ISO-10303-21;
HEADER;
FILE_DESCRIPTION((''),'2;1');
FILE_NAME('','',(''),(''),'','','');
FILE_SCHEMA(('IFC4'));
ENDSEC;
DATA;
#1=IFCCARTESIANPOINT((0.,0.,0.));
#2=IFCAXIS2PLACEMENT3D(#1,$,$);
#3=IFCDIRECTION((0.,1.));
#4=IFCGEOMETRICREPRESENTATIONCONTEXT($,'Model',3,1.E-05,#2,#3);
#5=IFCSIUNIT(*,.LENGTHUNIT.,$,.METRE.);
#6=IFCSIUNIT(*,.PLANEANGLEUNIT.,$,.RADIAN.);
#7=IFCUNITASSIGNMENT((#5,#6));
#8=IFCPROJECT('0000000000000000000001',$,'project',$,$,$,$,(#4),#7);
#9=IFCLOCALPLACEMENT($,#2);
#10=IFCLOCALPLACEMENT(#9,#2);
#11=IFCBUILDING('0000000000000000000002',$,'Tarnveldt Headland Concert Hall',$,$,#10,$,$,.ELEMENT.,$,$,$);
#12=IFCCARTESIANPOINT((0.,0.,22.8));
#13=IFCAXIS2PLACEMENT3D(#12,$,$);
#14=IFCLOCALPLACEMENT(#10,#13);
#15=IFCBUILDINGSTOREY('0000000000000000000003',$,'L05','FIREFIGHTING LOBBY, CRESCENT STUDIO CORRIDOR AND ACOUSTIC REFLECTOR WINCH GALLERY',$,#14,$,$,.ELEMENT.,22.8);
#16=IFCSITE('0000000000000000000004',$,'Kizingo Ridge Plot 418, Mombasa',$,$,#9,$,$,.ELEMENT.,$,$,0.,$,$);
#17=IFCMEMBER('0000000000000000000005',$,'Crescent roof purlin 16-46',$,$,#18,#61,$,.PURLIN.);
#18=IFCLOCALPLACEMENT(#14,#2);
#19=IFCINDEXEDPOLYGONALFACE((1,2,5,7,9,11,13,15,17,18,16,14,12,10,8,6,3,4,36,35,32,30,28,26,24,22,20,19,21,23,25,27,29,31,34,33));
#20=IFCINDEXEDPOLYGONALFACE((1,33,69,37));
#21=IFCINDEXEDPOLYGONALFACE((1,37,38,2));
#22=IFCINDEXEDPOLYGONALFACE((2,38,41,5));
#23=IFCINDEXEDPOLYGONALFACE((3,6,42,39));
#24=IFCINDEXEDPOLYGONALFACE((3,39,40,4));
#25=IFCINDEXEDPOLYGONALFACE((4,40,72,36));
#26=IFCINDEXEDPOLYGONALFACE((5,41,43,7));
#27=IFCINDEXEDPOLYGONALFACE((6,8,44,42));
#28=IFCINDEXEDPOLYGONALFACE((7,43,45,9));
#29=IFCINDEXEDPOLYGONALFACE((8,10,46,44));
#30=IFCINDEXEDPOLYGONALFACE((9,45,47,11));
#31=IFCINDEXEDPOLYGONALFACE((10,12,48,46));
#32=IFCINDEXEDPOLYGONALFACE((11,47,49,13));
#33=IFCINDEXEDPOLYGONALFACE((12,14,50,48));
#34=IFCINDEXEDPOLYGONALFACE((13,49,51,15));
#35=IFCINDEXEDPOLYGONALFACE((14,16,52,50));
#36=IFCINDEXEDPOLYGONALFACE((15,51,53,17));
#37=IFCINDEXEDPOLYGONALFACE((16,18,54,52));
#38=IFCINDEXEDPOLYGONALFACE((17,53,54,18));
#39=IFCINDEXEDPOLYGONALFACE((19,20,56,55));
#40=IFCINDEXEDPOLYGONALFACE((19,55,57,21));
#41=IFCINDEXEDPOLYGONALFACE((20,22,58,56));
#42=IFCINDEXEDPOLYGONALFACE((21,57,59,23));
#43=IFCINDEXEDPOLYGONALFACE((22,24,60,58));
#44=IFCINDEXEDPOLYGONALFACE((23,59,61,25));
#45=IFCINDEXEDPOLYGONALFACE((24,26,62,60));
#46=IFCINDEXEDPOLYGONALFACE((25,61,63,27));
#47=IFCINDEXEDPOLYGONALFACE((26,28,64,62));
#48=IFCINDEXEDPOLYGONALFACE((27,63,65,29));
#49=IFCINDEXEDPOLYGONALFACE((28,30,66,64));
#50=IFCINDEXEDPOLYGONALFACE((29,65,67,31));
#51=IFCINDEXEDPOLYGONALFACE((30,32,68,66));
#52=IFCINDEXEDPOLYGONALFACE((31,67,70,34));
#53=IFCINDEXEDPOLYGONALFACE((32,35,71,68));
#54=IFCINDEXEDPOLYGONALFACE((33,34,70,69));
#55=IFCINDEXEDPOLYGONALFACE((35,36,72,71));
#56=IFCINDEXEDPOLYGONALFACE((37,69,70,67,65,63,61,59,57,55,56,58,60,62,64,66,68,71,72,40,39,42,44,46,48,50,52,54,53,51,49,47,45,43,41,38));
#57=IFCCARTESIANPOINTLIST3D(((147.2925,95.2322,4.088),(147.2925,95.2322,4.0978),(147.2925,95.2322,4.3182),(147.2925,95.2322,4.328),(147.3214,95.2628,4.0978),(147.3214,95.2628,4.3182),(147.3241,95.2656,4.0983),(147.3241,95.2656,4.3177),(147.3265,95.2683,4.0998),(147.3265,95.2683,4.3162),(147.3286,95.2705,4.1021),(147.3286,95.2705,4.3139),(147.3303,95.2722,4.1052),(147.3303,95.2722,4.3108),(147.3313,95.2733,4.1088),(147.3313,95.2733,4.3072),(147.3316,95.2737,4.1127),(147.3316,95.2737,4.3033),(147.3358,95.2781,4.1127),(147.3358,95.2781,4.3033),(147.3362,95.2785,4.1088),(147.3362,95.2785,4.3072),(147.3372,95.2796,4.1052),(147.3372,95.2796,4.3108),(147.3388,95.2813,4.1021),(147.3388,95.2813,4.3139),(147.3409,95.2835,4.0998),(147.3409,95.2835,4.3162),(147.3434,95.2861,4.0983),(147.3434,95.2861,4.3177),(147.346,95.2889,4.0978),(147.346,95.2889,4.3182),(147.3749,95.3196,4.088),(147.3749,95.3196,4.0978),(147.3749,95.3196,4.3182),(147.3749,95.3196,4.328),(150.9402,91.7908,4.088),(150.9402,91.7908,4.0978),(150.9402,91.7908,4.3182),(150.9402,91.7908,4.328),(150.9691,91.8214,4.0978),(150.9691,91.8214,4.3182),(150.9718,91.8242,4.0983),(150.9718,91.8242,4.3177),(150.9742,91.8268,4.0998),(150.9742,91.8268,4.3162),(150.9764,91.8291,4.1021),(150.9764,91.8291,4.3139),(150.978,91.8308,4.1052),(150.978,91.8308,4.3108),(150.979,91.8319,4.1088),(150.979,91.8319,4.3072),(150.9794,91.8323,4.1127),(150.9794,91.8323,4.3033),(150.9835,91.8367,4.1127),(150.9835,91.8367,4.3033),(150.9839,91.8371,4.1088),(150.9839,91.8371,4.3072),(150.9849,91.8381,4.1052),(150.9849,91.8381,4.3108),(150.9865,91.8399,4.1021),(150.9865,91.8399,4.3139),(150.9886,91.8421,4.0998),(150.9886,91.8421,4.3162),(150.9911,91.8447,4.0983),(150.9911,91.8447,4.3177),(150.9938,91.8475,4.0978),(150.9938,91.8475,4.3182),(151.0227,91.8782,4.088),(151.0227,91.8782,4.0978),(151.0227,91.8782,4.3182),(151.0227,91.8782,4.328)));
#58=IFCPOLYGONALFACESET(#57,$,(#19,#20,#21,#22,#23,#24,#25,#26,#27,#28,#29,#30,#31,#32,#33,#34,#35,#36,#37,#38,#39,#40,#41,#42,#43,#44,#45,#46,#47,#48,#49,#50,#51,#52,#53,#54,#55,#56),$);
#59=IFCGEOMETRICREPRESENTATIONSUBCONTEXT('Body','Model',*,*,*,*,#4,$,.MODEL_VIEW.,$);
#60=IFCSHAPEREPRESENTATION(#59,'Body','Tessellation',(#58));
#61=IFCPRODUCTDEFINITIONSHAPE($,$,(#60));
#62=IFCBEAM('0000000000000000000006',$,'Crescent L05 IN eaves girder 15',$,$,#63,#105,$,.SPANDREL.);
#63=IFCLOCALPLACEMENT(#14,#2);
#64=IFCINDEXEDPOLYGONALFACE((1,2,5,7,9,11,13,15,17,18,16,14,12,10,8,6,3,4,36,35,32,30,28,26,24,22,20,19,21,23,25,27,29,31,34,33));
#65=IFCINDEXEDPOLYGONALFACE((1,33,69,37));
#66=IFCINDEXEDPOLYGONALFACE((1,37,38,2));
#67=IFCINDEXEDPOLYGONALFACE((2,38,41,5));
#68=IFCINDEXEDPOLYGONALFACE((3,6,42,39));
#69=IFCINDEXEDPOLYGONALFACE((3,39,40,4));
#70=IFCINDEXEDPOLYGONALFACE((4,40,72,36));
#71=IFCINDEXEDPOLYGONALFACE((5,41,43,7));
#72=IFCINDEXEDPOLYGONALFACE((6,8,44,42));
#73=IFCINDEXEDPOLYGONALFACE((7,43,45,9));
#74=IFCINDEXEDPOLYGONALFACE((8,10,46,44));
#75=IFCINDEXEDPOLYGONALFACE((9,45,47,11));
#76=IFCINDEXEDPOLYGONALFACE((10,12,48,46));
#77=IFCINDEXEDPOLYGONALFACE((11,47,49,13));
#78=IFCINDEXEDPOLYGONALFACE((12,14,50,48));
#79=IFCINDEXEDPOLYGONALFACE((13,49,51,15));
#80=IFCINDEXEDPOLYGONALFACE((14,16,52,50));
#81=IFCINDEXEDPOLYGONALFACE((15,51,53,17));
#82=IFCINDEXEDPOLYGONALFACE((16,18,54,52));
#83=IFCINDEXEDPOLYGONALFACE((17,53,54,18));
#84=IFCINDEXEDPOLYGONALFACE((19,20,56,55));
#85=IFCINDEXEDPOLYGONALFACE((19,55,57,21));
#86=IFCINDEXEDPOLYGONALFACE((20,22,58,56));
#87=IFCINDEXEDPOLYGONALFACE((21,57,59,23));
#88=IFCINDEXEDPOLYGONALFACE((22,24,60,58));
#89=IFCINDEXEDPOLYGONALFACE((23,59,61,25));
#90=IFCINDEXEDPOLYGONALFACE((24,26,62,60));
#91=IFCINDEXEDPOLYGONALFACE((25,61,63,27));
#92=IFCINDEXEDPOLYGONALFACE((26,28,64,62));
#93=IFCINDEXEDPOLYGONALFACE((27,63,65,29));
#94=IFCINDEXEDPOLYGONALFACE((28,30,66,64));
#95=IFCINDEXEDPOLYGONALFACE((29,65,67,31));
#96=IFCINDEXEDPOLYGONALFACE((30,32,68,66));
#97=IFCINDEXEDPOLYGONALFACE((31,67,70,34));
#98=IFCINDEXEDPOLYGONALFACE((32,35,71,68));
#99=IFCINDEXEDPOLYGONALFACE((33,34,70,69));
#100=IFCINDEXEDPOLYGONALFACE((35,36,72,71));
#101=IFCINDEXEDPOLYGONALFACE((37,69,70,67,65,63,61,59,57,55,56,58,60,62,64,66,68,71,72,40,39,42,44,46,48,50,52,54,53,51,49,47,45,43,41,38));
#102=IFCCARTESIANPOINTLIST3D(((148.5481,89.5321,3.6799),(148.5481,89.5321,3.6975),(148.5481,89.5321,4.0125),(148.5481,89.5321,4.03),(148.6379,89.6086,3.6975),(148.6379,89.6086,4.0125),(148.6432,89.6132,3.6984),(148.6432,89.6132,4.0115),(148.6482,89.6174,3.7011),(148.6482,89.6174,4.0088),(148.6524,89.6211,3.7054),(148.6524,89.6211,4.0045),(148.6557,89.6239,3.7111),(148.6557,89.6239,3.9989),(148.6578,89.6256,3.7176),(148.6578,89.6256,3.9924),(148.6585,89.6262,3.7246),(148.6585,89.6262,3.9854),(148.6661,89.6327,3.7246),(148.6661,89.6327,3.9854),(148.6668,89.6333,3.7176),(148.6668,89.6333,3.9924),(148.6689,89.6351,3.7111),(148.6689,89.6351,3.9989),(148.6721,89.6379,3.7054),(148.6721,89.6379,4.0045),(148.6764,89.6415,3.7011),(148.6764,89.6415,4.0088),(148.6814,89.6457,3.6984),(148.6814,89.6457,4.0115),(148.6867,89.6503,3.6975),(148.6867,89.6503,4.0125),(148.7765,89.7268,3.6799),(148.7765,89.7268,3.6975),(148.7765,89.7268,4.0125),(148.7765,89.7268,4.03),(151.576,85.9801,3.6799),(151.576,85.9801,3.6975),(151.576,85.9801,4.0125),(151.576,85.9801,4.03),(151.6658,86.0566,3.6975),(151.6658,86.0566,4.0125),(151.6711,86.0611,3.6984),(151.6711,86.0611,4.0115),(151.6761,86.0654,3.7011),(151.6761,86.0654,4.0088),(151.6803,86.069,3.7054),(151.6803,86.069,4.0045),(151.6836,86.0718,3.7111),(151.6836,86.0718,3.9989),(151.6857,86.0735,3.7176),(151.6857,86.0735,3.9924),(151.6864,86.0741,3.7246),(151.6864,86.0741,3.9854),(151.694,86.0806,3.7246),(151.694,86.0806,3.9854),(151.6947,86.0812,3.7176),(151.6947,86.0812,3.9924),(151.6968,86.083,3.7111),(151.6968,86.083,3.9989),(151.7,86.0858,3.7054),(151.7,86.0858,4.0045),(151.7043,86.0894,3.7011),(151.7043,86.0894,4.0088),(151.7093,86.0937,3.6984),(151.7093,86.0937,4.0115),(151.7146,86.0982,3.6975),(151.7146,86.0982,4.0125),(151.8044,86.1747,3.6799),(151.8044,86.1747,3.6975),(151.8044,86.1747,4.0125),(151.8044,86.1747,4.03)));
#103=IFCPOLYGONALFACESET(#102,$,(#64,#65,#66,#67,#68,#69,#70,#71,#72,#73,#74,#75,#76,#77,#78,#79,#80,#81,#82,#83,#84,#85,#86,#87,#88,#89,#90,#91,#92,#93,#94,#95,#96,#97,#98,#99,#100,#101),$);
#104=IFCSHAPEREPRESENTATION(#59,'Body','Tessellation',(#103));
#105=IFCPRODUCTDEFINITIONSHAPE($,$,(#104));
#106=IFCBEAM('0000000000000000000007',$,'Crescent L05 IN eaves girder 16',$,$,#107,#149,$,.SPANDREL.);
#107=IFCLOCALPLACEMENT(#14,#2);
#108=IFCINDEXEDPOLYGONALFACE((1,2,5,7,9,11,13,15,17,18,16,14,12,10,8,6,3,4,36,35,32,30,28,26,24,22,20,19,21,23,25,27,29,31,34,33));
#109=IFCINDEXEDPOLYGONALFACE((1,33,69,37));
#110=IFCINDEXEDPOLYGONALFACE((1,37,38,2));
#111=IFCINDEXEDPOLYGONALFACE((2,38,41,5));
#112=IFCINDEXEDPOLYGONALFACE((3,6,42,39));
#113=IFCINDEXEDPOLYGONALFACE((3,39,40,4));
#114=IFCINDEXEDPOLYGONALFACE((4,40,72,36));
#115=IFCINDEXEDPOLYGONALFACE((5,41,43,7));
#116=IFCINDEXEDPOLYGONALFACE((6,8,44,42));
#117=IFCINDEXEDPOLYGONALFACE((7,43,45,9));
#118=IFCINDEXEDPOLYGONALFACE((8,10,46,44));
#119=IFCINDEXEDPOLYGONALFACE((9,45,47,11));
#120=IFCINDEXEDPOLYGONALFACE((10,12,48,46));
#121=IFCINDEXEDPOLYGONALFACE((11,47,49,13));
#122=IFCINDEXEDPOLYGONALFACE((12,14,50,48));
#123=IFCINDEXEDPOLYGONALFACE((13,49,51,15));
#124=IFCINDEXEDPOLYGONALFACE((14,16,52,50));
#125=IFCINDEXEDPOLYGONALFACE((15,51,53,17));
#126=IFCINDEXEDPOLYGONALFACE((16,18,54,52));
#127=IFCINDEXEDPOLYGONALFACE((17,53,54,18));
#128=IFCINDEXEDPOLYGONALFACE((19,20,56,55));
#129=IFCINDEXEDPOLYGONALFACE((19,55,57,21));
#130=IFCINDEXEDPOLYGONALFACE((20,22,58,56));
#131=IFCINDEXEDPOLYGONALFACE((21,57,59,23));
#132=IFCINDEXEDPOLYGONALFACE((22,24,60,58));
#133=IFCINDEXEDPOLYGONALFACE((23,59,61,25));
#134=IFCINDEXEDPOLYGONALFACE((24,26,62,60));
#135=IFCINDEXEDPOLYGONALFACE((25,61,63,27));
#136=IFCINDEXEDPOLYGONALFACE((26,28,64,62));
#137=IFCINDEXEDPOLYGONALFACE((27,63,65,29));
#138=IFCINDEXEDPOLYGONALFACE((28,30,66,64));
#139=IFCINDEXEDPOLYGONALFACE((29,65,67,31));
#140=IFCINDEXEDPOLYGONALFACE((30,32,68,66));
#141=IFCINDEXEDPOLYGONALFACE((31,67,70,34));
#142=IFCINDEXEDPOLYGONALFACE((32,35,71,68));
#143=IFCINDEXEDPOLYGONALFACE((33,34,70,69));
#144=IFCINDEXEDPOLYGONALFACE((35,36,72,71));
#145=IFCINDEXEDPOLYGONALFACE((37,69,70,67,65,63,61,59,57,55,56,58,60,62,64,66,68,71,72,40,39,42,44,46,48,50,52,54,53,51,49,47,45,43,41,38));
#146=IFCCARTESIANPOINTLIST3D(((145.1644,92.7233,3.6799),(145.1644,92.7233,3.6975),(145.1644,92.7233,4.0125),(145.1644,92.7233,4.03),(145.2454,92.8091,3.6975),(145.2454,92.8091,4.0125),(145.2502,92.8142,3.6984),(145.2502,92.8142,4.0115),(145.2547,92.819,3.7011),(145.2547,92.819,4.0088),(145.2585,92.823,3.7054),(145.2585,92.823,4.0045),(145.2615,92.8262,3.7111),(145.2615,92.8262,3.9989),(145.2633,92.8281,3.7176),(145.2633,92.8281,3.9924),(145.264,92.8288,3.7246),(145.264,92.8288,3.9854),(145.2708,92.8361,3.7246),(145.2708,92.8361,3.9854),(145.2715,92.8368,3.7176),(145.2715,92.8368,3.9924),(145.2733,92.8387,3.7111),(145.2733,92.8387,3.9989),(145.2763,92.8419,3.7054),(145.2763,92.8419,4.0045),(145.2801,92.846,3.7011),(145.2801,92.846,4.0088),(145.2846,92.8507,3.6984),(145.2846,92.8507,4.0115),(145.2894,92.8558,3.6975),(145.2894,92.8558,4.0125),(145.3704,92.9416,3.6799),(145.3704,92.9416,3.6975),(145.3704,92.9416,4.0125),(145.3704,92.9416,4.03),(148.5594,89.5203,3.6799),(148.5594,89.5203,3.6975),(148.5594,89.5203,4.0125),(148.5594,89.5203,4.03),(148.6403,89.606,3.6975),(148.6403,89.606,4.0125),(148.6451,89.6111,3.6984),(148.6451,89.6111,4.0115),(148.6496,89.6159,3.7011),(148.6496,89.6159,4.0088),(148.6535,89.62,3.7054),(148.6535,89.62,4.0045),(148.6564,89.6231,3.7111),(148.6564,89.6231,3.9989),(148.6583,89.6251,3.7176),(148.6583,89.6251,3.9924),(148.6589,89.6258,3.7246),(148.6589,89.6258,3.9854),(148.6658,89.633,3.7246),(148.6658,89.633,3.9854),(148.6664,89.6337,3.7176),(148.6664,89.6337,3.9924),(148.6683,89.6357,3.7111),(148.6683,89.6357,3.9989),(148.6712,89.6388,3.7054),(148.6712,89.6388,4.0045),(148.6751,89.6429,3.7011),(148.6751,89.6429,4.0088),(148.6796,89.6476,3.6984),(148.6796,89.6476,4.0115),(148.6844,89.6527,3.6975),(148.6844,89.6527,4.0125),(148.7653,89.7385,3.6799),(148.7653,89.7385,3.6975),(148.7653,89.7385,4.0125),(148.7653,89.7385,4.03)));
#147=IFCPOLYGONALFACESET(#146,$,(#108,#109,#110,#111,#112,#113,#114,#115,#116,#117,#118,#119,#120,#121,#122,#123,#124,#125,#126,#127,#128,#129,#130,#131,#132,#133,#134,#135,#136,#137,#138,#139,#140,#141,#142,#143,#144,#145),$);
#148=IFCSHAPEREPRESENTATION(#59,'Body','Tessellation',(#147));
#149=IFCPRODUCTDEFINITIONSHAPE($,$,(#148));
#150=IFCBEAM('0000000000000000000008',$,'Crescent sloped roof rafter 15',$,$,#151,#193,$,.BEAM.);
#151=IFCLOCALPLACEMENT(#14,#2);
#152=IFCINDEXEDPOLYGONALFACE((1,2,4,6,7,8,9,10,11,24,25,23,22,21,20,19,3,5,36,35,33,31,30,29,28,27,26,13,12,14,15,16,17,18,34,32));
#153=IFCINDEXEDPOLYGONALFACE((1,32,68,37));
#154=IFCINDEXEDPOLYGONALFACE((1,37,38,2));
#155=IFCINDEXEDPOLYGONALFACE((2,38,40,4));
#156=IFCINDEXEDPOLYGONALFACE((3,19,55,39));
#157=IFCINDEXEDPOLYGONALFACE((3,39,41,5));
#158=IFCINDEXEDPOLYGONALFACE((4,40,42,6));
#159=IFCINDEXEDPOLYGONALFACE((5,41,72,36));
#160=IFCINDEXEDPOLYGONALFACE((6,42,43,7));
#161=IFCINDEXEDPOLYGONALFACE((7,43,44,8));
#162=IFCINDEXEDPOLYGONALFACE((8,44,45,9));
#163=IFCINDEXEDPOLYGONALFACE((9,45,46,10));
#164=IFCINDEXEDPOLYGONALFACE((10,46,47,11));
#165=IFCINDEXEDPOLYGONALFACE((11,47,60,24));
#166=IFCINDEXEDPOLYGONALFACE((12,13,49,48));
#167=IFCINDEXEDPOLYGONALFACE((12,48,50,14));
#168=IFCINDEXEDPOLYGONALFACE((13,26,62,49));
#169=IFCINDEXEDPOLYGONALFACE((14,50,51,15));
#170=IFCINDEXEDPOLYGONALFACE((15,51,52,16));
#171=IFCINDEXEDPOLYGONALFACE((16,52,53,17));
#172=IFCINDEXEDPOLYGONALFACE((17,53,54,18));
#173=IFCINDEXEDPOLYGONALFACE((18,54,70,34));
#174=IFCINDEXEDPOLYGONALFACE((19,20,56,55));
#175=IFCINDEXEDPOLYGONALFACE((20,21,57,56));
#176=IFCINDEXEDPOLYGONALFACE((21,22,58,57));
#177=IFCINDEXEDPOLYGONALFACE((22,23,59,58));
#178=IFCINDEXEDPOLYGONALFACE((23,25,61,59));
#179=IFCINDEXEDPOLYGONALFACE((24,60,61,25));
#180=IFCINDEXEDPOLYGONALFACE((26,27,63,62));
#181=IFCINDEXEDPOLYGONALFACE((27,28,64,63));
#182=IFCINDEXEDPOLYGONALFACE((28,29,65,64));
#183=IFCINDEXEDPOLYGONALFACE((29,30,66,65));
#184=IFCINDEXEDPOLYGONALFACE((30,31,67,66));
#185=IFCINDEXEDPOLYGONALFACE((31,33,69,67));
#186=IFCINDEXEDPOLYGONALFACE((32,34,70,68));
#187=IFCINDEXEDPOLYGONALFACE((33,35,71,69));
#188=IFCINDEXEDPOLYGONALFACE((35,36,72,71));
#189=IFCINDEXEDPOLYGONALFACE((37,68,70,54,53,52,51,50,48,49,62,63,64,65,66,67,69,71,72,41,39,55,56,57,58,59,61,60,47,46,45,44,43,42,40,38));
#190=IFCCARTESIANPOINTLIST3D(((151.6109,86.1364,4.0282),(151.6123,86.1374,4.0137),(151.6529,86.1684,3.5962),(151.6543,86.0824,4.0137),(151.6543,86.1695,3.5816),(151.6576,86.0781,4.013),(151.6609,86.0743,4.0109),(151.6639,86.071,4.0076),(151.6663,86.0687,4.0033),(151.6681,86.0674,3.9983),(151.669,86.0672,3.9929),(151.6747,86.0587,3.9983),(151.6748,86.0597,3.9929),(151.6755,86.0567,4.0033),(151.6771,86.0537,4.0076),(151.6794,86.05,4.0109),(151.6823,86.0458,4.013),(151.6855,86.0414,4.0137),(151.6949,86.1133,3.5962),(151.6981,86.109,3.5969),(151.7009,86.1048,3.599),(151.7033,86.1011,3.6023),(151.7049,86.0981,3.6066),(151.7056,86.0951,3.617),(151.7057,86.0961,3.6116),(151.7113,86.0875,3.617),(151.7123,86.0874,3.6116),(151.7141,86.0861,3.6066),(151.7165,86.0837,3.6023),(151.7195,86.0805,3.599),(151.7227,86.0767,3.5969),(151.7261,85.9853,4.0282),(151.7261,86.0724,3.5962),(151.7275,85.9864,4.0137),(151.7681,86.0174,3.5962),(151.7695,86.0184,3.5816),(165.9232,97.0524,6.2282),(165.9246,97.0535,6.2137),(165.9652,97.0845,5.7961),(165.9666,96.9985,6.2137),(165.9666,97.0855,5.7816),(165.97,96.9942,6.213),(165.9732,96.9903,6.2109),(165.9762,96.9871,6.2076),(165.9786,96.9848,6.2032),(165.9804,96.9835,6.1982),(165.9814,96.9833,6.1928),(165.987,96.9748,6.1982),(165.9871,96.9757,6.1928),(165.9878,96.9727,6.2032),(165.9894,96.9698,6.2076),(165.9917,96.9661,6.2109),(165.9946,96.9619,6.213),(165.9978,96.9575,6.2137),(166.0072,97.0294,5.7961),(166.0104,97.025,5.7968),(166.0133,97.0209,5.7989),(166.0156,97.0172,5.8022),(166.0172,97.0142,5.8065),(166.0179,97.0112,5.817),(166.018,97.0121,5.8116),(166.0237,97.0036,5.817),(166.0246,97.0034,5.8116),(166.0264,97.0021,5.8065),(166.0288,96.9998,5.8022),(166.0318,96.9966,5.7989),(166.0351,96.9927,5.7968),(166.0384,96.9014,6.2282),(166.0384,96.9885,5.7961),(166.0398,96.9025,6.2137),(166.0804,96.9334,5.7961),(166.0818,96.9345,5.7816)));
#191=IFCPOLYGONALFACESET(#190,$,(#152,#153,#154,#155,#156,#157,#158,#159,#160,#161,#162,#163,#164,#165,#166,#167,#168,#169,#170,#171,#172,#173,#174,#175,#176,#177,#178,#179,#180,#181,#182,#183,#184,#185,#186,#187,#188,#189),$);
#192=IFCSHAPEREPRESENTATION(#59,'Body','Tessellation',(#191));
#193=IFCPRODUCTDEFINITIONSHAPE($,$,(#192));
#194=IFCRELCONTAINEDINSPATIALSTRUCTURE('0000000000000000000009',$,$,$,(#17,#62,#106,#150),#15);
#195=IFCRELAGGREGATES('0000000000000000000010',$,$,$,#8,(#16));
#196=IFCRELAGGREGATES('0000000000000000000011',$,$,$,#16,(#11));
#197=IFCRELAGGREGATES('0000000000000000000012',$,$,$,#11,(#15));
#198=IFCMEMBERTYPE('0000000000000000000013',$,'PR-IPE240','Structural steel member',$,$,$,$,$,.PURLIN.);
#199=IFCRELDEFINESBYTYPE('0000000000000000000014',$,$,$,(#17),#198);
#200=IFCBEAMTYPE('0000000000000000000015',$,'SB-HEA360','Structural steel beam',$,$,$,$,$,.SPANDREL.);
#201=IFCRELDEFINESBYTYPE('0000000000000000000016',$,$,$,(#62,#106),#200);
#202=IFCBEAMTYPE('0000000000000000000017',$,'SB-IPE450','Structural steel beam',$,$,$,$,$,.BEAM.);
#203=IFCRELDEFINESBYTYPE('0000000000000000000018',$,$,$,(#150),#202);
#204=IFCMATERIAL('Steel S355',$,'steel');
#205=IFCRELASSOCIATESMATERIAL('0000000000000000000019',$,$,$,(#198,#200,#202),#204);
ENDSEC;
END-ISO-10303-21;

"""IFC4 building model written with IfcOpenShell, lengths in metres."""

from ifc_helpers import new_model, si_unit, direction, frame, origin, origin_2d, place, context, subcontext, project, spatial, i_section, extrude, material, material_profile, profile_set, type_object, element, save


model = new_model("IFC4")

# Units and contexts
model_context = context("Model", 3, precision=1e-05, world=origin(), true_north=direction((0.0, 1.0)))
body_context = subcontext(model_context, "Body", "Model", "MODEL_VIEW")
ifc_project = project(units=[si_unit("LENGTHUNIT", "METRE"), si_unit("PLANEANGLEUNIT", "RADIAN")], contexts=[model_context])

# Site, building, storey
site_placement = place(None, origin())
site = spatial("IfcSite", under=ifc_project, at=site_placement, Name="Kizingo Ridge Plot 418, Mombasa", CompositionType="ELEMENT", RefElevation=0.0)
building_placement = place(site_placement, origin())
building = spatial("IfcBuilding", under=site, at=building_placement, Name="Tarnveldt Headland Concert Hall", CompositionType="ELEMENT")
storey_placement = place(building_placement, frame((0.0, 0.0, 22.8)))
storey = spatial("IfcBuildingStorey", under=building, at=storey_placement, Name="L05", Description="FIREFIGHTING LOBBY, CRESCENT STUDIO CORRIDOR AND ACOUSTIC REFLECTOR WINCH GALLERY", CompositionType="ELEMENT", Elevation=22.8)

# Shared definitions
ifc_material_1 = material(Name="Steel S355", Category="steel")

# Member
ifc_material_profile_1 = material_profile(ifc_material_1, i_section(OverallWidth=0.1201, OverallDepth=0.24, WebThickness=0.0061, FlangeThickness=0.0098, FilletRadius=0.0149, at=origin_2d()), Name="IPE240", Category="steel")
ifc_profile_set_1 = profile_set([ifc_material_profile_1], Name="Steel S355")
member_type_1 = type_object("IfcMemberType", Name="PR-IPE240", Description="Structural steel member", PredefinedType="PURLIN", material=ifc_profile_set_1)
member_1_placement = place(storey_placement, frame((150.9814, 91.8345, 4.208), z_axis=(-0.727376, 0.686239, 0.0), x_axis=(-0.686239, -0.727376, 0.0)))
element("IfcMember", 1, at=member_1_placement, inside=storey, type_object=member_type_1, Name="Crescent roof purlin 16-46", PredefinedType="PURLIN", context=body_context, shape_type="SweptSolid", body=[
    extrude(i_section(OverallWidth=0.1201, OverallDepth=0.24, WebThickness=0.0061, FlangeThickness=0.0098, FilletRadius=0.0149, at=origin_2d()), origin(), (0.0, 0.0, 1.0), 5.0149),
])

# Beams
ifc_material_profile_2 = material_profile(ifc_material_1, i_section(OverallWidth=0.3, OverallDepth=0.3501, WebThickness=0.01, FlangeThickness=0.0176, FilletRadius=0.0271, at=origin_2d()), Name="HEA360", Category="steel")
ifc_profile_set_2 = profile_set([ifc_material_profile_2], Name="Steel S355")
beam_type_1 = type_object("IfcBeamType", Name="SB-HEA360", Description="Structural steel beam", PredefinedType="SPANDREL", material=ifc_profile_set_2)
for number, where, z_axis, x_axis, name in (
    (2, (151.6902, 86.0774, 3.855), (-0.648721, 0.761026, 0.0), (-0.761026, -0.648721, 0.0), "Crescent L05 IN eaves girder 15"),
    (3, (148.6624, 89.6294, 3.855), (-0.727364, 0.686252, 0.0), (-0.686252, -0.727364, 0.0), "Crescent L05 IN eaves girder 16"),
):
    element("IfcBeam", number, at=place(storey_placement, frame(where, z_axis=z_axis, x_axis=x_axis)), inside=storey, type_object=beam_type_1, Name=name, PredefinedType="SPANDREL", context=body_context, shape_type="SweptSolid", body=[
        extrude(i_section(OverallWidth=0.3, OverallDepth=0.3501, WebThickness=0.01, FlangeThickness=0.0176, FilletRadius=0.0271, at=origin_2d()), origin(), (0.0, 0.0, 1.0), 4.6675),
    ])
ifc_material_profile_3 = material_profile(ifc_material_1, i_section(OverallWidth=0.1899, OverallDepth=0.45, WebThickness=0.0095, FlangeThickness=0.0146, FilletRadius=0.021, at=origin_2d()), Name="IPE450", Category="steel")
ifc_profile_set_3 = profile_set([ifc_material_profile_3], Name="Steel S355")
beam_type_2 = type_object("IfcBeamType", Name="SB-IPE450", Description="Structural steel beam", PredefinedType="BEAM", material=ifc_profile_set_3)
for number, where, z_axis, x_axis, name in (
    (4, (151.6902, 86.0774, 3.8049), (0.789252, 0.601966, 0.121317), (-0.606445, 0.795125, 0.0), "Crescent sloped roof rafter 15"),
):
    element("IfcBeam", number, at=place(storey_placement, frame(where, z_axis=z_axis, x_axis=x_axis)), inside=storey, type_object=beam_type_2, Name=name, PredefinedType="BEAM", context=body_context, shape_type="SweptSolid", body=[
        extrude(i_section(OverallWidth=0.1899, OverallDepth=0.45, WebThickness=0.0095, FlangeThickness=0.0146, FilletRadius=0.021, at=origin_2d()), origin(), (0.0, 0.0, 1.0), 18.134),
    ])

save(model, "model.ifc")
